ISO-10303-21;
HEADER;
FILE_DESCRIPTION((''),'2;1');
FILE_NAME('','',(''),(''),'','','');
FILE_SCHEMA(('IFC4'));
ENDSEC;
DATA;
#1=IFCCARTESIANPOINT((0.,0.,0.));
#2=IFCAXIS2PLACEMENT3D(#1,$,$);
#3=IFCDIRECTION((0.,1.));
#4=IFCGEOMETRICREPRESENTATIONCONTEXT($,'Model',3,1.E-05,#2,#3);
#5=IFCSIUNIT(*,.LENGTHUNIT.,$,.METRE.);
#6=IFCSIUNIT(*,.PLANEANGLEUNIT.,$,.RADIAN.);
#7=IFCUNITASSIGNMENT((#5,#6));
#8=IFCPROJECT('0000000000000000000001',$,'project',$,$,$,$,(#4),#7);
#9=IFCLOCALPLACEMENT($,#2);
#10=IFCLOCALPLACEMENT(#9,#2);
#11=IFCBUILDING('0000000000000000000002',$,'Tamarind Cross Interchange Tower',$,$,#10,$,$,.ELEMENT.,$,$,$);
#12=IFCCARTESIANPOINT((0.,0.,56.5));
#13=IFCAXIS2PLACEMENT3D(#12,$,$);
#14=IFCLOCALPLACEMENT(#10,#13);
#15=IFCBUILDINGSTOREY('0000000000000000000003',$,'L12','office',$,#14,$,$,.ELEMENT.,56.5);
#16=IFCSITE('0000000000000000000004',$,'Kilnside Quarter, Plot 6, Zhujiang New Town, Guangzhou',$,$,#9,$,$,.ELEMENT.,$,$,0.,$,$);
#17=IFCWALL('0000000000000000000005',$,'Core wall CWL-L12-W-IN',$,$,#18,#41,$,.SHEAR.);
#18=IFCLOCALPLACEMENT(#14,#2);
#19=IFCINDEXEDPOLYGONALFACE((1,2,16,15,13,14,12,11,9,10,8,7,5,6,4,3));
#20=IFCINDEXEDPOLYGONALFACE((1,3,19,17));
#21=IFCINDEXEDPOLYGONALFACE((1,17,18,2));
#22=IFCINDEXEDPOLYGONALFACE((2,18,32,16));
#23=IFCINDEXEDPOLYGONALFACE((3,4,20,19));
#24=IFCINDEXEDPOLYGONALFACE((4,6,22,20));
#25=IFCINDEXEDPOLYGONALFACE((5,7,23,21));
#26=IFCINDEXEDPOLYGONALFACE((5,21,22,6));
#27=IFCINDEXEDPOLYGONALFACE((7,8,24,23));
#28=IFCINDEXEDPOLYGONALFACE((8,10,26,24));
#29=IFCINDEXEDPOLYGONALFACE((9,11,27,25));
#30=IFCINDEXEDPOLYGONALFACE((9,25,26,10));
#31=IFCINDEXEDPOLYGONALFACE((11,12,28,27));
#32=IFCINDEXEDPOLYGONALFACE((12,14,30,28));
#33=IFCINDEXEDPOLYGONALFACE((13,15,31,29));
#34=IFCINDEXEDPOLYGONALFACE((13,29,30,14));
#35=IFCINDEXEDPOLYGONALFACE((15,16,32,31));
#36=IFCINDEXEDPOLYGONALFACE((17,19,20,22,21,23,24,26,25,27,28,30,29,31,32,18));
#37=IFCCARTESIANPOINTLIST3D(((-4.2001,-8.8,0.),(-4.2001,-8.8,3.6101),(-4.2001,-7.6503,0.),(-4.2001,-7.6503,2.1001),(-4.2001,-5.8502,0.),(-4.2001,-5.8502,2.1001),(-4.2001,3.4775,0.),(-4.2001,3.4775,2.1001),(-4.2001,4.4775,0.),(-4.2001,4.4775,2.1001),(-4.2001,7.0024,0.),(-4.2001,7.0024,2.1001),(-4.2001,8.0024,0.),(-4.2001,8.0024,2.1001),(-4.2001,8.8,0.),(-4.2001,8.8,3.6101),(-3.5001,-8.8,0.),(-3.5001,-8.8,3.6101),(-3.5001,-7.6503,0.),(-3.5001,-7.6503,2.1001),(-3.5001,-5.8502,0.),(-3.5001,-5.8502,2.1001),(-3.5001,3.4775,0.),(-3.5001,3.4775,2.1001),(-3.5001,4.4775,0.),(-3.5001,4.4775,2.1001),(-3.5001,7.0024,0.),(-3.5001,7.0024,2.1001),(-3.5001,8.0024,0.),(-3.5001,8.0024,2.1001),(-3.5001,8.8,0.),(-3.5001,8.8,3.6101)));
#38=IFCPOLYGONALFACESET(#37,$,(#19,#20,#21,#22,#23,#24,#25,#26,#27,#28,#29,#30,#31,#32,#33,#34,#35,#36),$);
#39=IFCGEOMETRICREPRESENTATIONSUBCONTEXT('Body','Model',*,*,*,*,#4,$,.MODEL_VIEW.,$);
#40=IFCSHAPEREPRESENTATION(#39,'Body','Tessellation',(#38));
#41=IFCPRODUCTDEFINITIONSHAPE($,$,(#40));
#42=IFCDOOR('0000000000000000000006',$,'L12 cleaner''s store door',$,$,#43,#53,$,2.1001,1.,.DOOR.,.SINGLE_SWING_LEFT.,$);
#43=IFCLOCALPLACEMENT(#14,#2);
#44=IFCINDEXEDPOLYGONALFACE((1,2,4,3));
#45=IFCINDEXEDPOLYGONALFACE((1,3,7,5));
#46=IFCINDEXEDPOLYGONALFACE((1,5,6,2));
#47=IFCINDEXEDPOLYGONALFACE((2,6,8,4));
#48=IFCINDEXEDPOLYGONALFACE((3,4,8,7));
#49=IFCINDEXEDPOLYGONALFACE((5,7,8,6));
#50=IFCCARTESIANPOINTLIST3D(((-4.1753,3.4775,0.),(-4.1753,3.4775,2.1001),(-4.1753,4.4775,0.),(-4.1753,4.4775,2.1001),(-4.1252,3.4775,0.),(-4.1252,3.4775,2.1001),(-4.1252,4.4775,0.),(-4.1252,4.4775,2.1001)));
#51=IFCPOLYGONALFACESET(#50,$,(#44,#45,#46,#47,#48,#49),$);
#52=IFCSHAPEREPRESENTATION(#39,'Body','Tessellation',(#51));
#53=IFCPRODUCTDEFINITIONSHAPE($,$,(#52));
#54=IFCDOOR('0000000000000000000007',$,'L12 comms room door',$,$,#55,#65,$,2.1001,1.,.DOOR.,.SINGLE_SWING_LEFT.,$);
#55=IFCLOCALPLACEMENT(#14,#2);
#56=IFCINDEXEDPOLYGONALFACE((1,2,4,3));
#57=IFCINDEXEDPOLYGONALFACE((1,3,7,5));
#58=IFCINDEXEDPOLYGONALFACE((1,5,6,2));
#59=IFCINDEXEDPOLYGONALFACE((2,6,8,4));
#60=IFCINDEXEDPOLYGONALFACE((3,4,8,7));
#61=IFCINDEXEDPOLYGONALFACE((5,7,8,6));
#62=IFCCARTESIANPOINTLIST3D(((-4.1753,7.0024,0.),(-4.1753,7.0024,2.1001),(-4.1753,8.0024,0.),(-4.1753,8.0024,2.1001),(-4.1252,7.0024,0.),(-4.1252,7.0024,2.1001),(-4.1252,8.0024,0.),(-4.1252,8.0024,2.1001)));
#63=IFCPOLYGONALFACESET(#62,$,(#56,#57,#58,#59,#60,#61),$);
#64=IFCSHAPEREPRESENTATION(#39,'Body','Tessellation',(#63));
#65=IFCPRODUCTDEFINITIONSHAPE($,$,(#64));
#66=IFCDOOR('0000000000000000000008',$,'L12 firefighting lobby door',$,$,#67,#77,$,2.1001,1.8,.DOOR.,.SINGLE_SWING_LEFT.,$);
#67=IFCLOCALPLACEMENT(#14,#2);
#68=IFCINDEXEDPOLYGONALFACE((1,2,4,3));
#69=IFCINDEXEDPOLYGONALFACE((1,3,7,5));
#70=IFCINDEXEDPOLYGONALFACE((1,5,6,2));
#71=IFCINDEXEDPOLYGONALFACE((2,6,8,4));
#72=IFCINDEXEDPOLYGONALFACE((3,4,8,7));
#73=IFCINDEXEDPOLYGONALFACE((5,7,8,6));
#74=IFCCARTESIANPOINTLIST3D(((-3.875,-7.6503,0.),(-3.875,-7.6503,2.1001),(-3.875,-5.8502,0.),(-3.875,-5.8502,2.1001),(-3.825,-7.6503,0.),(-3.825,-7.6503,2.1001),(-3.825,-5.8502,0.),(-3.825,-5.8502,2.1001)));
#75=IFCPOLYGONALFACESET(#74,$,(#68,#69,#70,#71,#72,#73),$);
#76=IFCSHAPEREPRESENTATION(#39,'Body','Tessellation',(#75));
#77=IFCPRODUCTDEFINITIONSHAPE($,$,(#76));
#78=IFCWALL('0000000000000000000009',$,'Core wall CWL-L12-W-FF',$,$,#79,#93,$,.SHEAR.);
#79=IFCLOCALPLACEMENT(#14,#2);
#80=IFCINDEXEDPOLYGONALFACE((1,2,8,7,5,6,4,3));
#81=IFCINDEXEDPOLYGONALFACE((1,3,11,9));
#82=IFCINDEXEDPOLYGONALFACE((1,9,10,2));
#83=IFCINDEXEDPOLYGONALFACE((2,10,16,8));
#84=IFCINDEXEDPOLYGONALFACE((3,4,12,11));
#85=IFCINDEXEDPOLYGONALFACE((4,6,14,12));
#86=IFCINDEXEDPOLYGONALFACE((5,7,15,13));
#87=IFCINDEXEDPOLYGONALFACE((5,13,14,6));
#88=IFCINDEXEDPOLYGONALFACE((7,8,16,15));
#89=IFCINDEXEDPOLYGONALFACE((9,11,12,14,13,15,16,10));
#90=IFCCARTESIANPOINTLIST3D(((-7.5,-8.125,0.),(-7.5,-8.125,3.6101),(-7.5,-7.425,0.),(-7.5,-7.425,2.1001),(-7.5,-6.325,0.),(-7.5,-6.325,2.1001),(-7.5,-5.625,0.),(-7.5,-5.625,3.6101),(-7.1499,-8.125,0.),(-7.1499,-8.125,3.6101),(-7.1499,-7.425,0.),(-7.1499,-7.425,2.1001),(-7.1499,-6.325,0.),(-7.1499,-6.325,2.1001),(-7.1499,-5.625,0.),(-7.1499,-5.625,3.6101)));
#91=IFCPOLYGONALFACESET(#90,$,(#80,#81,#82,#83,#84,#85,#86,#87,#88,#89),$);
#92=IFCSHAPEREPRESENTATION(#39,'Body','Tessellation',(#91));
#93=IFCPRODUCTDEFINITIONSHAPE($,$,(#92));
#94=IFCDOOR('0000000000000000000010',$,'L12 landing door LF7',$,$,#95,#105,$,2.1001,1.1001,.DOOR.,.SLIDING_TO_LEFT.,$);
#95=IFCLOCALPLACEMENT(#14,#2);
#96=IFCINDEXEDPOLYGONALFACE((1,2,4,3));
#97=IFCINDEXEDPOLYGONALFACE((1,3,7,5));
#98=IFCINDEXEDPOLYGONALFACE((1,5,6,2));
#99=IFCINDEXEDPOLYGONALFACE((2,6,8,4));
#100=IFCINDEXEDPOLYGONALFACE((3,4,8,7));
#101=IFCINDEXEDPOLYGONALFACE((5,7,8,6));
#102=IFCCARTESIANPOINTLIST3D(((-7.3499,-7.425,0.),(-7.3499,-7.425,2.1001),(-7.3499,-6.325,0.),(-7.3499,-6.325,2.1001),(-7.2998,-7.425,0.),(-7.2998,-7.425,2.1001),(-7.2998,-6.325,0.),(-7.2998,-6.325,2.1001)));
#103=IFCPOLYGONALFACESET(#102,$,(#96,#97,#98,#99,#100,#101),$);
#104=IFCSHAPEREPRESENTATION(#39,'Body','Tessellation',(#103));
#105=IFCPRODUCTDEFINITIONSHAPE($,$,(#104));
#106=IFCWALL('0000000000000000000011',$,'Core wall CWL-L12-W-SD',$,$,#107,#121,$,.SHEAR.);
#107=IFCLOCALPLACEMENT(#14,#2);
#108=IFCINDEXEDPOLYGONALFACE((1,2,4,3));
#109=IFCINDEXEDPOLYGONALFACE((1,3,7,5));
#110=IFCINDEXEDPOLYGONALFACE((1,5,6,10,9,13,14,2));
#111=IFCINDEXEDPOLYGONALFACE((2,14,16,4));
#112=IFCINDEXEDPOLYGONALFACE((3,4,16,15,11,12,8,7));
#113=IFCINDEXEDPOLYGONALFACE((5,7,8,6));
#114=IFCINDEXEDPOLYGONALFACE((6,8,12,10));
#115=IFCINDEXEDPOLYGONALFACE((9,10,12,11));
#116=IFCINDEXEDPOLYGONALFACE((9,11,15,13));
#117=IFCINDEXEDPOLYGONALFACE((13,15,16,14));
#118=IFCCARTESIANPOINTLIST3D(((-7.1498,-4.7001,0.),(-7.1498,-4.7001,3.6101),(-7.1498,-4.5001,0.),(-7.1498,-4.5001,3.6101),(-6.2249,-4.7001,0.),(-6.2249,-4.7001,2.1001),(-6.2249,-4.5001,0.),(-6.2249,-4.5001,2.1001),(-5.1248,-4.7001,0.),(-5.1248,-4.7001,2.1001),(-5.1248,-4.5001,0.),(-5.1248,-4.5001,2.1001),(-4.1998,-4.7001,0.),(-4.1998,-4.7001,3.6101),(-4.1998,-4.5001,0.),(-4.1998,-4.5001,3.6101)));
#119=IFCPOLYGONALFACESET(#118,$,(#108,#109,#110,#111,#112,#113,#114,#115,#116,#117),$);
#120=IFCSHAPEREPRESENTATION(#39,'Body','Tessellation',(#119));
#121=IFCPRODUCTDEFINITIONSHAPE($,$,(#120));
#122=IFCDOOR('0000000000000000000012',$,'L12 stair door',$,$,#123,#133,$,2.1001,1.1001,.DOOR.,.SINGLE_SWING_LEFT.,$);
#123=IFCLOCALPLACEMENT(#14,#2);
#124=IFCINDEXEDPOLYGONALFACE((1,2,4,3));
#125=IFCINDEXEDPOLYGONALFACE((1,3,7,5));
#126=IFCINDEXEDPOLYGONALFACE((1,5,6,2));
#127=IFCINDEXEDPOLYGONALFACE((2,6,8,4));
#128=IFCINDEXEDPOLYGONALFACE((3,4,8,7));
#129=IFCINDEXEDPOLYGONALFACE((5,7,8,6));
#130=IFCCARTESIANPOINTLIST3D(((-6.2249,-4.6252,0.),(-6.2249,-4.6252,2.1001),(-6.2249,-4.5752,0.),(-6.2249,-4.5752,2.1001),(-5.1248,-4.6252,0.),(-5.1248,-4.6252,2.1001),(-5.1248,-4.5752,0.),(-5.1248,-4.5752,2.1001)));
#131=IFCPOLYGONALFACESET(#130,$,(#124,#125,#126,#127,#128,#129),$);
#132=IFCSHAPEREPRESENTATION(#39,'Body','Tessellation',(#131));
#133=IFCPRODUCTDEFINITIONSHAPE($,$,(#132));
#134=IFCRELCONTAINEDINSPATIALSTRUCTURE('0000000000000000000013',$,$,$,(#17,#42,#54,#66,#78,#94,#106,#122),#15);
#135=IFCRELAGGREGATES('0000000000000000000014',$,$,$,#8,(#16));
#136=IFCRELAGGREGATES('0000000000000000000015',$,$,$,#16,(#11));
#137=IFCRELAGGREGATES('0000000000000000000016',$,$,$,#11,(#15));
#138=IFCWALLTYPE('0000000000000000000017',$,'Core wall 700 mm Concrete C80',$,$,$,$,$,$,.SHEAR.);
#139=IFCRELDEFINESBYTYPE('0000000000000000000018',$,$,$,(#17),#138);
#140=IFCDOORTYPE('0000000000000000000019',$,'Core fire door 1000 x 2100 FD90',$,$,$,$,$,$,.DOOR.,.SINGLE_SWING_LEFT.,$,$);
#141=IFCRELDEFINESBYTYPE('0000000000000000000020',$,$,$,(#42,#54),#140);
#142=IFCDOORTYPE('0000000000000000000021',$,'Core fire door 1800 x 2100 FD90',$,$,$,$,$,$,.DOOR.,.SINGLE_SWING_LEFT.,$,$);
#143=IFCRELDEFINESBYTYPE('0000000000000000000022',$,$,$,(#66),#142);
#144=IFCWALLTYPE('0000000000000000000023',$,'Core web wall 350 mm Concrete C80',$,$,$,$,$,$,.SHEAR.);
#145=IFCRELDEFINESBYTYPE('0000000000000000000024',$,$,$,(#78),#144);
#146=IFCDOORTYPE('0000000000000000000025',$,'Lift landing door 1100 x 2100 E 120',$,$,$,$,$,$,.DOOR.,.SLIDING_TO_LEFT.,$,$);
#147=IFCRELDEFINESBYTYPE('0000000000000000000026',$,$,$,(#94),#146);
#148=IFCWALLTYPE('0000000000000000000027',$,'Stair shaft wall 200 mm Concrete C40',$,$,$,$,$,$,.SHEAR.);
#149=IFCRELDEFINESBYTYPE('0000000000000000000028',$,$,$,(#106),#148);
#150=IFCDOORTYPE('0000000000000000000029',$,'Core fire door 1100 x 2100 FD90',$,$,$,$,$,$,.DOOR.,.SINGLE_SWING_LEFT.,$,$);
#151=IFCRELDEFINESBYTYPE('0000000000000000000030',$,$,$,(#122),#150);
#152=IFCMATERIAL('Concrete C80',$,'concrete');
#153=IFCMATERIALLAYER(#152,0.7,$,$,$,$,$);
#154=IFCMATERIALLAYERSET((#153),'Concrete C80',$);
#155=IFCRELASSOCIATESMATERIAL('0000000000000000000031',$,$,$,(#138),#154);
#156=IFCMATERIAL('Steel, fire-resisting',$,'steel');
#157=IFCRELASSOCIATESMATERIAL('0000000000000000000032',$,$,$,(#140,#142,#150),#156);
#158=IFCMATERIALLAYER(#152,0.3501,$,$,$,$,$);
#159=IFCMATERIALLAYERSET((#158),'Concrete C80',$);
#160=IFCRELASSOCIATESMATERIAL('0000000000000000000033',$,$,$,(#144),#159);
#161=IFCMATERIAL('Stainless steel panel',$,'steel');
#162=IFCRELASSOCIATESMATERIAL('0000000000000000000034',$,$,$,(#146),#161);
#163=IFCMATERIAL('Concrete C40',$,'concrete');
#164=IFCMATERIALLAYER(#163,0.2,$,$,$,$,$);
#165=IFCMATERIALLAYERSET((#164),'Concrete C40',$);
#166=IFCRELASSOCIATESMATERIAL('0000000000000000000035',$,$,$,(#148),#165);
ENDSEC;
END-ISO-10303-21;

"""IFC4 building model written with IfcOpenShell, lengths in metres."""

from ifc_helpers import new_model, si_unit, direction, frame, frame_2d, origin, place, context, subcontext, project, spatial, rectangle, extrude, material, layer, layer_set, type_object, element, fill, save


model = new_model("IFC4")

# Units and contexts
model_context = context("Model", 3, precision=1e-05, world=origin(), true_north=direction((0.0, 1.0)))
body_context = subcontext(model_context, "Body", "Model", "MODEL_VIEW")
ifc_project = project(units=[si_unit("LENGTHUNIT", "METRE"), si_unit("PLANEANGLEUNIT", "RADIAN")], contexts=[model_context])

# Site, building, storey
site_placement = place(None, origin())
site = spatial("IfcSite", under=ifc_project, at=site_placement, Name="Kilnside Quarter, Plot 6, Zhujiang New Town, Guangzhou", CompositionType="ELEMENT", RefElevation=0.0)
building_placement = place(site_placement, origin())
building = spatial("IfcBuilding", under=site, at=building_placement, Name="Tamarind Cross Interchange Tower", CompositionType="ELEMENT")
storey_placement = place(building_placement, frame((0.0, 0.0, 56.5)))
storey = spatial("IfcBuildingStorey", under=building, at=storey_placement, Name="L12", Description="office", CompositionType="ELEMENT", Elevation=56.5)

# Wall, openings, doors
ifc_material_1 = material(Name="Concrete C80", Category="concrete")
ifc_layer_1 = layer(ifc_material_1, 0.7)
ifc_layer_set_1 = layer_set([ifc_layer_1], Name="Concrete C80")
wall_type_1 = type_object("IfcWallType", Name="Core wall 700 mm Concrete C80", PredefinedType="SHEAR", material=ifc_layer_set_1)
wall_1_placement = place(storey_placement, frame((-3.8501, -8.8, 0.0), z_axis=(0.0, 0.0, 1.0), x_axis=(0.0, 1.0, 0.0)))
wall_1 = element("IfcWall", 1, at=wall_1_placement, inside=storey, type_object=wall_type_1, Name="Core wall CWL-L12-W-IN", PredefinedType="SHEAR", context=body_context, shape_type="SweptSolid", body=[
    extrude(rectangle(XDim=17.6001, YDim=0.7, at=frame_2d((8.8, 0.0))), origin(), (0.0, 0.0, 1.0), 3.6101),
])
opening_1_placement = place(wall_1_placement, frame((1.1499, 0.0, 0.0)))
opening_1 = element("IfcOpeningElement", 2, at=opening_1_placement, cuts=wall_1, PredefinedType="OPENING", context=body_context, shape_type="SweptSolid", body=[
    extrude(rectangle(XDim=1.8, YDim=2.1001, at=frame_2d((0.8999, 1.05))), frame((0.0, 0.3599, 0.0), z_axis=(0.0, -1.0, 0.0), x_axis=(1.0, 0.0, 0.0)), (0.0, 0.0, 1.0), 0.72),
])
opening_2_placement = place(wall_1_placement, frame((12.2776, 0.0, 0.0)))
opening_2 = element("IfcOpeningElement", 3, at=opening_2_placement, cuts=wall_1, PredefinedType="OPENING", context=body_context, shape_type="SweptSolid", body=[
    extrude(rectangle(XDim=1.0, YDim=2.1001, at=frame_2d((0.5, 1.05))), frame((0.0, 0.3599, 0.0), z_axis=(0.0, -1.0, 0.0), x_axis=(1.0, 0.0, 0.0)), (0.0, 0.0, 1.0), 0.72),
])
opening_3_placement = place(wall_1_placement, frame((15.8025, 0.0, 0.0)))
opening_3 = element("IfcOpeningElement", 4, at=opening_3_placement, cuts=wall_1, PredefinedType="OPENING", context=body_context, shape_type="SweptSolid", body=[
    extrude(rectangle(XDim=1.0, YDim=2.1001, at=frame_2d((0.5, 1.05))), frame((0.0, 0.3599, 0.0), z_axis=(0.0, -1.0, 0.0), x_axis=(1.0, 0.0, 0.0)), (0.0, 0.0, 1.0), 0.72),
])
ifc_material_2 = material(Name="Steel, fire-resisting", Category="steel")
door_type_1 = type_object("IfcDoorType", Name="Core fire door 1000 x 2100 FD90", OperationType="SINGLE_SWING_LEFT", PredefinedType="DOOR", material=ifc_material_2)
door_1_placement = place(opening_2_placement, origin())
door_1 = element("IfcDoor", 5, at=door_1_placement, inside=storey, type_object=door_type_1, Name="L12 cleaner's store door", OperationType="SINGLE_SWING_LEFT", OverallHeight=2.1001, OverallWidth=1.0, PredefinedType="DOOR", context=body_context, shape_type="SweptSolid", body=[
    extrude(rectangle(XDim=1.0, YDim=2.1001, at=frame_2d((0.5, 1.05))), frame((0.0, 0.3252, 0.0), z_axis=(0.0, -1.0, 0.0), x_axis=(1.0, 0.0, 0.0)), (0.0, 0.0, 1.0), 0.05),
])
fill(opening_2, door_1)
door_2_placement = place(opening_3_placement, origin())
door_2 = element("IfcDoor", 6, at=door_2_placement, inside=storey, type_object=door_type_1, Name="L12 comms room door", OperationType="SINGLE_SWING_LEFT", OverallHeight=2.1001, OverallWidth=1.0, PredefinedType="DOOR", context=body_context, shape_type="SweptSolid", body=[
    extrude(rectangle(XDim=1.0, YDim=2.1001, at=frame_2d((0.5, 1.05))), frame((0.0, 0.3252, 0.0), z_axis=(0.0, -1.0, 0.0), x_axis=(1.0, 0.0, 0.0)), (0.0, 0.0, 1.0), 0.05),
])
fill(opening_3, door_2)
door_type_2 = type_object("IfcDoorType", Name="Core fire door 1800 x 2100 FD90", OperationType="SINGLE_SWING_LEFT", PredefinedType="DOOR", material=ifc_material_2)
door_3_placement = place(opening_1_placement, origin())
door_3 = element("IfcDoor", 7, at=door_3_placement, inside=storey, type_object=door_type_2, Name="L12 firefighting lobby door", OperationType="SINGLE_SWING_LEFT", OverallHeight=2.1001, OverallWidth=1.8, PredefinedType="DOOR", context=body_context, shape_type="SweptSolid", body=[
    extrude(rectangle(XDim=1.8, YDim=2.1001, at=frame_2d((0.8999, 1.05))), frame((0.0, 0.0249, 0.0), z_axis=(0.0, -1.0, 0.0), x_axis=(1.0, 0.0, 0.0)), (0.0, 0.0, 1.0), 0.05),
])
fill(opening_1, door_3)

# Walls, openings, doors
ifc_layer_2 = layer(ifc_material_1, 0.3501)
ifc_layer_set_2 = layer_set([ifc_layer_2], Name="Concrete C80")
wall_type_2 = type_object("IfcWallType", Name="Core web wall 350 mm Concrete C80", PredefinedType="SHEAR", material=ifc_layer_set_2)
wall_2_placement = place(storey_placement, frame((-7.325, -8.125, 0.0), z_axis=(0.0, 0.0, 1.0), x_axis=(0.0, 1.0, 0.0)))
wall_2 = element("IfcWall", 8, at=wall_2_placement, inside=storey, type_object=wall_type_2, Name="Core wall CWL-L12-W-FF", PredefinedType="SHEAR", context=body_context, shape_type="SweptSolid", body=[
    extrude(rectangle(XDim=2.5, YDim=0.3501, at=frame_2d((1.25, 0.0))), origin(), (0.0, 0.0, 1.0), 3.6101),
])
opening_4_placement = place(wall_2_placement, frame((0.7, 0.0, 0.0)))
opening_4 = element("IfcOpeningElement", 9, at=opening_4_placement, cuts=wall_2, PredefinedType="OPENING", context=body_context, shape_type="SweptSolid", body=[
    extrude(rectangle(XDim=1.1001, YDim=2.1001, at=frame_2d((0.55, 1.05))), frame((0.0, 0.1851, 0.0), z_axis=(0.0, -1.0, 0.0), x_axis=(1.0, 0.0, 0.0)), (0.0, 0.0, 1.0), 0.3701),
])
ifc_material_3 = material(Name="Stainless steel panel", Category="steel")
door_type_3 = type_object("IfcDoorType", Name="Lift landing door 1100 x 2100 E 120", OperationType="SLIDING_TO_LEFT", PredefinedType="DOOR", material=ifc_material_3)
door_4_placement = place(opening_4_placement, origin())
door_4 = element("IfcDoor", 10, at=door_4_placement, inside=storey, type_object=door_type_3, Name="L12 landing door LF7", OperationType="SLIDING_TO_LEFT", OverallHeight=2.1001, OverallWidth=1.1001, PredefinedType="DOOR", context=body_context, shape_type="SweptSolid", body=[
    extrude(rectangle(XDim=1.1001, YDim=2.1001, at=frame_2d((0.55, 1.05))), frame((0.0, 0.0249, 0.0), z_axis=(0.0, -1.0, 0.0), x_axis=(1.0, 0.0, 0.0)), (0.0, 0.0, 1.0), 0.05),
])
fill(opening_4, door_4)
ifc_material_4 = material(Name="Concrete C40", Category="concrete")
ifc_layer_3 = layer(ifc_material_4, 0.2)
ifc_layer_set_3 = layer_set([ifc_layer_3], Name="Concrete C40")
wall_type_3 = type_object("IfcWallType", Name="Stair shaft wall 200 mm Concrete C40", PredefinedType="SHEAR", material=ifc_layer_set_3)
wall_3_placement = place(storey_placement, frame((-7.1499, -4.6001, 0.0), z_axis=(0.0, 0.0, 1.0), x_axis=(1.0, 0.0, 0.0)))
wall_3 = element("IfcWall", 11, at=wall_3_placement, inside=storey, type_object=wall_type_3, Name="Core wall CWL-L12-W-SD", PredefinedType="SHEAR", context=body_context, shape_type="SweptSolid", body=[
    extrude(rectangle(XDim=2.95, YDim=0.2, at=frame_2d((1.4751, 0.0))), origin(), (0.0, 0.0, 1.0), 3.6101),
])
opening_5_placement = place(wall_3_placement, frame((0.925, 0.0, 0.0)))
opening_5 = element("IfcOpeningElement", 12, at=opening_5_placement, cuts=wall_3, PredefinedType="OPENING", context=body_context, shape_type="SweptSolid", body=[
    extrude(rectangle(XDim=1.1001, YDim=2.1001, at=frame_2d((0.55, 1.05))), frame((0.0, 0.1099, 0.0), z_axis=(0.0, -1.0, 0.0), x_axis=(1.0, 0.0, 0.0)), (0.0, 0.0, 1.0), 0.22),
])
door_type_4 = type_object("IfcDoorType", Name="Core fire door 1100 x 2100 FD90", OperationType="SINGLE_SWING_LEFT", PredefinedType="DOOR", material=ifc_material_2)
door_5_placement = place(opening_5_placement, origin())
door_5 = element("IfcDoor", 13, at=door_5_placement, inside=storey, type_object=door_type_4, Name="L12 stair door", OperationType="SINGLE_SWING_LEFT", OverallHeight=2.1001, OverallWidth=1.1001, PredefinedType="DOOR", context=body_context, shape_type="SweptSolid", body=[
    extrude(rectangle(XDim=1.1001, YDim=2.1001, at=frame_2d((0.55, 1.05))), frame((0.0, 0.0249, 0.0), z_axis=(0.0, -1.0, 0.0), x_axis=(1.0, 0.0, 0.0)), (0.0, 0.0, 1.0), 0.05),
])
fill(opening_5, door_5)

save(model, "model.ifc")
